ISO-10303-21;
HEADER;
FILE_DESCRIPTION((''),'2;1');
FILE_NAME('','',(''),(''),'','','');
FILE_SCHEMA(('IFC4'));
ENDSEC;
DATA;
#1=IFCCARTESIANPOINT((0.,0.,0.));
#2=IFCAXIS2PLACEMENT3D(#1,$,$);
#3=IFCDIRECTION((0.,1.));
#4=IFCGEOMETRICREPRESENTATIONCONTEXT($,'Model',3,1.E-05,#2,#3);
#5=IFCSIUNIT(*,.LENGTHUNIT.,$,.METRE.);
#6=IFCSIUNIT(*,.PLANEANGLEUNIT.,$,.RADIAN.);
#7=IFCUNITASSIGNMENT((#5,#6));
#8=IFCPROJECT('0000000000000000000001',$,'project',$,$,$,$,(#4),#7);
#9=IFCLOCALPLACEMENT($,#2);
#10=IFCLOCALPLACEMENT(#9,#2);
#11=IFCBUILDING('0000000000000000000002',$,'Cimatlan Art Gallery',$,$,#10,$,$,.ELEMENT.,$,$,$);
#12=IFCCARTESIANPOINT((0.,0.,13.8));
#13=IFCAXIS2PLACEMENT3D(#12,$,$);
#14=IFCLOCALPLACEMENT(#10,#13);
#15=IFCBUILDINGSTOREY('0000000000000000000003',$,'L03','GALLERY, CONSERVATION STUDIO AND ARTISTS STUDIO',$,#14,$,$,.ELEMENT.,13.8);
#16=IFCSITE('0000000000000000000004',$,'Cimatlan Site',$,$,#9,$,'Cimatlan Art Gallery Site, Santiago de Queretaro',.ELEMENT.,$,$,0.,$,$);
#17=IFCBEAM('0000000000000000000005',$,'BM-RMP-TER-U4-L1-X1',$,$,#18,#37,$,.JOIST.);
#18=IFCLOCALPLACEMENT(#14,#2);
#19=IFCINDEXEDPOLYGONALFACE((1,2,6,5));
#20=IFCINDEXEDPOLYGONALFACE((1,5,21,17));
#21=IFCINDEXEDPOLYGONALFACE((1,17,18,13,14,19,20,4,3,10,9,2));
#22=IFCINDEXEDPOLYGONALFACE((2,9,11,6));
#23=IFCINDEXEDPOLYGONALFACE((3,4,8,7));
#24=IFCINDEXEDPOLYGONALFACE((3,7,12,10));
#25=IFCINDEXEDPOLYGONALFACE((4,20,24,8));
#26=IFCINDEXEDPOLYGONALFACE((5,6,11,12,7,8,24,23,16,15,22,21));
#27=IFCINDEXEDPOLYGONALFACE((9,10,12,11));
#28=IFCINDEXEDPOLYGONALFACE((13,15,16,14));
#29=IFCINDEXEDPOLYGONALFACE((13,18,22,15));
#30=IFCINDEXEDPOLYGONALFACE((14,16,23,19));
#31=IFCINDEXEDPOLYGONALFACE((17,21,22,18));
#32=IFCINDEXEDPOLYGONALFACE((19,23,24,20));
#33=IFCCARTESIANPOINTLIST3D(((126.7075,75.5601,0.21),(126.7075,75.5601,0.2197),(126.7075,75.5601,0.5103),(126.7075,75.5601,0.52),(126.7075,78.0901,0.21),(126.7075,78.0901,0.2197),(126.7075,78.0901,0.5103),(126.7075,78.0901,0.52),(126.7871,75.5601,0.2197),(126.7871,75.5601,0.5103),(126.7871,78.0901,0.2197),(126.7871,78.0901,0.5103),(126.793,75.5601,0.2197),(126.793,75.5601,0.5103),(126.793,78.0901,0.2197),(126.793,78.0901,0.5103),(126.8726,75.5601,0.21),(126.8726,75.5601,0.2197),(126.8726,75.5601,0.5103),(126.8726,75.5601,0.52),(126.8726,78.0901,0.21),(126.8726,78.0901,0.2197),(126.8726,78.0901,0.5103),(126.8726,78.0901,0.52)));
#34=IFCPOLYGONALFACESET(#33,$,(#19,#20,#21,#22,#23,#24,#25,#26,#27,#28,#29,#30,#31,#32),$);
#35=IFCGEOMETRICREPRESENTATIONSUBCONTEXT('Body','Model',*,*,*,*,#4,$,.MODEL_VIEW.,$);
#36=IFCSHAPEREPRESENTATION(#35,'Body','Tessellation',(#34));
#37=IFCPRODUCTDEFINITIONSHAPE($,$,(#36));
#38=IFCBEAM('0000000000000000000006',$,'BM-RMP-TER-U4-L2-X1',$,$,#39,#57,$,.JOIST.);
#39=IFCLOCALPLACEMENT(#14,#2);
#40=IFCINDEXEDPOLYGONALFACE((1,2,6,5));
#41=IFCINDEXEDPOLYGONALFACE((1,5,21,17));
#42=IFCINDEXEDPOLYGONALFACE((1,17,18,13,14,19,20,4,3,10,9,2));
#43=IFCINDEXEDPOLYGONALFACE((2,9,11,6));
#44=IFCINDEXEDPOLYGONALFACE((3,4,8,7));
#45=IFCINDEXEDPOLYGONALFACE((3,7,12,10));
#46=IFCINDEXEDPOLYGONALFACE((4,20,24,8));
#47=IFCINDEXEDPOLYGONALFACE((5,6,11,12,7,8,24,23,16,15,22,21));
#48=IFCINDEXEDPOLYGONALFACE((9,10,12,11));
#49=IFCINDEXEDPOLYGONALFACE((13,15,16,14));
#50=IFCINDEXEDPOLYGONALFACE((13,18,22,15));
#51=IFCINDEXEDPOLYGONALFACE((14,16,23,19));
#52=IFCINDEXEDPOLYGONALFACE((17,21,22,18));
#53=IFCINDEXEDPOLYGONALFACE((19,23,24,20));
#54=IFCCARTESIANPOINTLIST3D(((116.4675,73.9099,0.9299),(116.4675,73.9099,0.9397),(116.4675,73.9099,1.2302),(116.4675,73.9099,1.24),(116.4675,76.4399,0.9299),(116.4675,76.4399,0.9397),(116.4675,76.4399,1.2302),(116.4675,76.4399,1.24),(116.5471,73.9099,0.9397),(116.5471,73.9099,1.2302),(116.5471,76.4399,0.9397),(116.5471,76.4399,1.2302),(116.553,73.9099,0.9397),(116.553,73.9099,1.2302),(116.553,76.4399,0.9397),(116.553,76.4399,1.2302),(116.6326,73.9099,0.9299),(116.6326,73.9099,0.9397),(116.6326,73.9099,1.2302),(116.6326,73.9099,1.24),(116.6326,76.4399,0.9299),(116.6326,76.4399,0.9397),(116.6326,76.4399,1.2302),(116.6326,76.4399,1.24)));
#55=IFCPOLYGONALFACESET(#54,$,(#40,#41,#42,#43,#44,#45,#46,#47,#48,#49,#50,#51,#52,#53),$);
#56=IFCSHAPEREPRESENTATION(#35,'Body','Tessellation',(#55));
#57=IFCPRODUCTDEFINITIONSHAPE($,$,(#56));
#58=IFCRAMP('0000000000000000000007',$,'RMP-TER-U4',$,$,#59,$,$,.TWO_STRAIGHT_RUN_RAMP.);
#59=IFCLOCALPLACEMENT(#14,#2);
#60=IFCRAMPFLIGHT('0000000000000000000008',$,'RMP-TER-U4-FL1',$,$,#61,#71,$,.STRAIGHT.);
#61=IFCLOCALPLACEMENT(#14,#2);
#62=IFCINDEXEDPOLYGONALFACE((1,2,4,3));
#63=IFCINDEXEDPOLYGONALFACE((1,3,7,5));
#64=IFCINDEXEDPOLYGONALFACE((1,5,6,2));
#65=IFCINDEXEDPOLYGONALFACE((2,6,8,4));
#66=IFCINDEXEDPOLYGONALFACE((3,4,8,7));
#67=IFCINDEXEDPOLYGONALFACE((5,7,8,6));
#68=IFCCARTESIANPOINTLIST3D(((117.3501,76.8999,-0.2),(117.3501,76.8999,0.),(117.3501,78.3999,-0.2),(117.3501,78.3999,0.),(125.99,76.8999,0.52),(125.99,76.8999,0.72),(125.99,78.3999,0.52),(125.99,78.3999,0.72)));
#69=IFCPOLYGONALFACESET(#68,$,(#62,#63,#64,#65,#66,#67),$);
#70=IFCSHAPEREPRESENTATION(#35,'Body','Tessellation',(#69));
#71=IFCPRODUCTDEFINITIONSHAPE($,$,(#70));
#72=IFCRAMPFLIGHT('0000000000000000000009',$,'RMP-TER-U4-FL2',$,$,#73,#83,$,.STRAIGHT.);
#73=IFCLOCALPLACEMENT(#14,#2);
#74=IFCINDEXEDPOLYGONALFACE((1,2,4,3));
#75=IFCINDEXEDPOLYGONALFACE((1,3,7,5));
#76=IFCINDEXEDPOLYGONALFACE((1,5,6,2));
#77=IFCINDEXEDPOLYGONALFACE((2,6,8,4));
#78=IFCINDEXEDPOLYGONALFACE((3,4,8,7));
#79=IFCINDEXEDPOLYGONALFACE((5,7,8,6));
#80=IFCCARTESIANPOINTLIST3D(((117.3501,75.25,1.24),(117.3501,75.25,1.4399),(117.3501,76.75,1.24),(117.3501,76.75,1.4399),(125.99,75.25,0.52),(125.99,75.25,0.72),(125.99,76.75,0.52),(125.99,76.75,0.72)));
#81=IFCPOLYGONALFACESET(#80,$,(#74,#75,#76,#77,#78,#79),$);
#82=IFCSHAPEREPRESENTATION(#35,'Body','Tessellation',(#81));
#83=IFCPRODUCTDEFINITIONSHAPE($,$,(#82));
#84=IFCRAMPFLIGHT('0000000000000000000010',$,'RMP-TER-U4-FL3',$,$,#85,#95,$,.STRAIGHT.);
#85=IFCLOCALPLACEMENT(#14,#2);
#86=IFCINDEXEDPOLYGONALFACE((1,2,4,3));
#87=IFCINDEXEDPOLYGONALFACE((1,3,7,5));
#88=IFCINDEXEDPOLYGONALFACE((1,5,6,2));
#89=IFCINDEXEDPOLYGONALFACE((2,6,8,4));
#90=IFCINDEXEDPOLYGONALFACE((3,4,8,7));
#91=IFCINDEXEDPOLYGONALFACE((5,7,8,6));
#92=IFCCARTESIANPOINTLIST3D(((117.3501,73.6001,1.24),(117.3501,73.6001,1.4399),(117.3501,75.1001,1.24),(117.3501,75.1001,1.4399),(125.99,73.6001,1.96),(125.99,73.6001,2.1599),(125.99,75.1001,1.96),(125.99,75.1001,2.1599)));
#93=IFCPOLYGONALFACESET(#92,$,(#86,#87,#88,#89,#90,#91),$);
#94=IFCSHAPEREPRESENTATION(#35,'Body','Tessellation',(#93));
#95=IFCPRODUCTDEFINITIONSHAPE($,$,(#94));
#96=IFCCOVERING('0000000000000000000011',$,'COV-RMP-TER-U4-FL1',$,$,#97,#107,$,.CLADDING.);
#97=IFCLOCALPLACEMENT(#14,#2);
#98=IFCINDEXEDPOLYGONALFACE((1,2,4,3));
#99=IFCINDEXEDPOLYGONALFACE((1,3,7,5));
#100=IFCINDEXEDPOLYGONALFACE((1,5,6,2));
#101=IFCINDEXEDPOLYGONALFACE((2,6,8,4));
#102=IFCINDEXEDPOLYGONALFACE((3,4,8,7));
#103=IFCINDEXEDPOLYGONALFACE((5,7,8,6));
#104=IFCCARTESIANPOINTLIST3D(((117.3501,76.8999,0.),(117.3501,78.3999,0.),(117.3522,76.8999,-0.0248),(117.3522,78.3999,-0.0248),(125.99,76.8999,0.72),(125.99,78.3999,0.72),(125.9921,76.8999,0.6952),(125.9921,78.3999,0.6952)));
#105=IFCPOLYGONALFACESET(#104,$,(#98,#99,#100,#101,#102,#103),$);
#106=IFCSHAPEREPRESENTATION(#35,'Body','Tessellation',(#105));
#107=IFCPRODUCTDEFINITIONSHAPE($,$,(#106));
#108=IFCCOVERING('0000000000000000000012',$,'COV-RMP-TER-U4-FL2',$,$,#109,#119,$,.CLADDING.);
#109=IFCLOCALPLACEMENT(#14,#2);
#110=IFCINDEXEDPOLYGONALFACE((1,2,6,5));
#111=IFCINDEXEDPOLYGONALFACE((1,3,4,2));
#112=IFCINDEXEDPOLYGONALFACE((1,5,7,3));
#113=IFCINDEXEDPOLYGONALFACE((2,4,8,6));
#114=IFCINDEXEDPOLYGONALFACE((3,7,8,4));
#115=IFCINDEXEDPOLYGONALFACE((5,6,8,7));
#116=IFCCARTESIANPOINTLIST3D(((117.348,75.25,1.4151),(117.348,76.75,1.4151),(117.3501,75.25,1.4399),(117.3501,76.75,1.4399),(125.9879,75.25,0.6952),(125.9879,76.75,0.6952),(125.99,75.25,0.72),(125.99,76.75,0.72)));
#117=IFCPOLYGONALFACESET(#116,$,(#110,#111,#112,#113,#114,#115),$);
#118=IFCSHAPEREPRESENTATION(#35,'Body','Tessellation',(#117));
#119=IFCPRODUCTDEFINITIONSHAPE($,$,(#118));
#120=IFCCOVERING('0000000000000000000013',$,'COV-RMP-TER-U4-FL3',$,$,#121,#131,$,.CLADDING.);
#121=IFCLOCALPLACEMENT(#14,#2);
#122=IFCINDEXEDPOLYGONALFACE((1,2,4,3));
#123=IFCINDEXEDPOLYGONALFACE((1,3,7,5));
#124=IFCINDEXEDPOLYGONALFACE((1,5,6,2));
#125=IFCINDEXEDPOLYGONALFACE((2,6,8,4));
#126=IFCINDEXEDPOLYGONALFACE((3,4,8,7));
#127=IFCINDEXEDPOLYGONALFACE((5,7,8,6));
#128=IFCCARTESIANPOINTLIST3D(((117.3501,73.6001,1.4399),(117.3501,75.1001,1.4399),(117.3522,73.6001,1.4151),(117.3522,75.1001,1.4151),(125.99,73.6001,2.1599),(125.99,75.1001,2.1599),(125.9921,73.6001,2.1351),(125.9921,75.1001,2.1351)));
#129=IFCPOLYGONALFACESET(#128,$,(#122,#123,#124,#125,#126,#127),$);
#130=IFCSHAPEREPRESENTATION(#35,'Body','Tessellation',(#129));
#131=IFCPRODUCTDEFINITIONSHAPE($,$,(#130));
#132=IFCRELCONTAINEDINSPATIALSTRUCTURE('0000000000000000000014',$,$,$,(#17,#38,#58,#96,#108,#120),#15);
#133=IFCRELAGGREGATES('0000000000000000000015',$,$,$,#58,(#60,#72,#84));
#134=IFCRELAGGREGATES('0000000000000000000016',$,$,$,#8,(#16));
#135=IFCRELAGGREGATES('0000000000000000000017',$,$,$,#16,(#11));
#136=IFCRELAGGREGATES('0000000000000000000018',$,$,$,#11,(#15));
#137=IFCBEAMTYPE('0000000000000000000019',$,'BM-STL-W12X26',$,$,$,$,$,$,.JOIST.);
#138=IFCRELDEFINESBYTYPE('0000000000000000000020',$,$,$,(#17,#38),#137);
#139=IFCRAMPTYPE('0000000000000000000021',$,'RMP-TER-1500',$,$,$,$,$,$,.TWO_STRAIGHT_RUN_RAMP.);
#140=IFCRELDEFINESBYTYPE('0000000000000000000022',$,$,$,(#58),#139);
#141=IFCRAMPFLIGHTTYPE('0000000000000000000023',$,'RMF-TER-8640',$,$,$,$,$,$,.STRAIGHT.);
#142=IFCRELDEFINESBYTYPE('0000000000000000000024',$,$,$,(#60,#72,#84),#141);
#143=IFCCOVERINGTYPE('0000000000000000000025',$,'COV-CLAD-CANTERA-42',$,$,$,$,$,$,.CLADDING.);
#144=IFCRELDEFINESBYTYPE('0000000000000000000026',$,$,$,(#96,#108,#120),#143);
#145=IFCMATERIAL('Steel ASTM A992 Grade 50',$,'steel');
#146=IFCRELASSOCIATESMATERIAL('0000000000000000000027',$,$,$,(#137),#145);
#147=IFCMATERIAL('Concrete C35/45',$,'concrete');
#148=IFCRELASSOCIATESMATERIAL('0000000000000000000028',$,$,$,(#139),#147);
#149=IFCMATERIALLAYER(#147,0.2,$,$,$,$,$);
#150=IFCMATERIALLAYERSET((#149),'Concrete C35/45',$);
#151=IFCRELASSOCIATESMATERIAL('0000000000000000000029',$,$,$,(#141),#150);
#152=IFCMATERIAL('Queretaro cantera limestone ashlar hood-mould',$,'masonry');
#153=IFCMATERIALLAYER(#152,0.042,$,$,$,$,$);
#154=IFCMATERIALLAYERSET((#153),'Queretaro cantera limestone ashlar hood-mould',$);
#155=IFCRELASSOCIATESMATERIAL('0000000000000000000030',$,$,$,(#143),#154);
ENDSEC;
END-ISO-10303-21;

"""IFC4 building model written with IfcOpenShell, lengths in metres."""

from ifc_helpers import new_model, si_unit, direction, frame, origin, origin_2d, place, context, subcontext, project, spatial, polyline, i_section, outline, extrude, material, layer, layer_set, material_profile, profile_set, type_object, element, aggregate, save


model = new_model("IFC4")

# Units and contexts
model_context = context("Model", 3, precision=1e-05, world=origin(), true_north=direction((0.0, 1.0)))
body_context = subcontext(model_context, "Body", "Model", "MODEL_VIEW")
ifc_project = project(units=[si_unit("LENGTHUNIT", "METRE"), si_unit("PLANEANGLEUNIT", "RADIAN")], contexts=[model_context])

# Site, building, storey
site_placement = place(None, origin())
site = spatial("IfcSite", under=ifc_project, at=site_placement, Name="Cimatlan Site", LongName="Cimatlan Art Gallery Site, Santiago de Queretaro", CompositionType="ELEMENT", RefElevation=0.0)
building_placement = place(site_placement, origin())
building = spatial("IfcBuilding", under=site, at=building_placement, Name="Cimatlan Art Gallery", CompositionType="ELEMENT")
storey_placement = place(building_placement, frame((0.0, 0.0, 13.8)))
storey = spatial("IfcBuildingStorey", under=building, at=storey_placement, Name="L03", Description="GALLERY, CONSERVATION STUDIO AND ARTISTS STUDIO", CompositionType="ELEMENT", Elevation=13.8)

# Beams
ifc_material_1 = material(Name="Steel ASTM A992 Grade 50", Category="steel")
ifc_material_profile = material_profile(ifc_material_1, i_section(OverallWidth=0.165, OverallDepth=0.3101, WebThickness=0.0059, FlangeThickness=0.0098, at=origin_2d()), Name="W12X26")
ifc_profile_set = profile_set([ifc_material_profile], Name="Steel ASTM A992 Grade 50")
beam_type = type_object("IfcBeamType", Name="BM-STL-W12X26", PredefinedType="JOIST", material=ifc_profile_set)
for number, where, z_axis, x_axis, name in (
    (1, (126.79, 75.5601, 0.365), (0.0, 1.0, 0.0), (-1.0, 0.0, 0.0), "BM-RMP-TER-U4-L1-X1"),
    (2, (116.55, 73.9099, 1.085), (0.0, 1.0, 0.0), (-1.0, 0.0, 0.0), "BM-RMP-TER-U4-L2-X1"),
):
    element("IfcBeam", number, at=place(storey_placement, frame(where, z_axis=z_axis, x_axis=x_axis)), inside=storey, type_object=beam_type, Name=name, PredefinedType="JOIST", context=body_context, shape_type="SweptSolid", body=[
        extrude(i_section(OverallWidth=0.165, OverallDepth=0.3101, WebThickness=0.0059, FlangeThickness=0.0098, at=origin_2d()), origin(), (0.0, 0.0, 1.0), 2.53),
    ])

# Ramp, ramp flights
ifc_material_2 = material(Name="Concrete C35/45", Category="concrete")
ramp_type = type_object("IfcRampType", Name="RMP-TER-1500", PredefinedType="TWO_STRAIGHT_RUN_RAMP", material=ifc_material_2)
ramp_placement = place(storey_placement, origin())
ramp = element("IfcRamp", 3, at=ramp_placement, inside=storey, type_object=ramp_type, Name="RMP-TER-U4", PredefinedType="TWO_STRAIGHT_RUN_RAMP")
ifc_layer_1 = layer(ifc_material_2, 0.2)
ifc_layer_set_1 = layer_set([ifc_layer_1], Name="Concrete C35/45")
ramp_flight_type = type_object("IfcRampFlightType", Name="RMF-TER-8640", PredefinedType="STRAIGHT", material=ifc_layer_set_1)
ramp_flight_1_placement = place(storey_placement, frame((117.3501, 77.6499, 0.0), z_axis=(0.0, 0.0, 1.0), x_axis=(1.0, 0.0, 0.0)))
ramp_flight_1 = element("IfcRampFlight", 4, at=ramp_flight_1_placement, type_object=ramp_flight_type, Name="RMP-TER-U4-FL1", PredefinedType="STRAIGHT", context=body_context, shape_type="SweptSolid", body=[
    extrude(outline(polyline([(0.0, 0.0), (8.6399, 0.72), (8.6399, 0.52), (0.0, -0.2), (0.0, 0.0)])), frame((0.0, 0.75, 0.0), z_axis=(0.0, -1.0, 0.0), x_axis=(1.0, 0.0, 0.0)), (0.0, 0.0, 1.0), 1.5),
])
ramp_flight_2_placement = place(storey_placement, frame((125.99, 76.0, 0.72), z_axis=(0.0, 0.0, 1.0), x_axis=(-1.0, 0.0, 0.0)))
ramp_flight_2 = element("IfcRampFlight", 5, at=ramp_flight_2_placement, type_object=ramp_flight_type, Name="RMP-TER-U4-FL2", PredefinedType="STRAIGHT", context=body_context, shape_type="SweptSolid", body=[
    extrude(outline(polyline([(0.0, 0.0), (8.6399, 0.72), (8.6399, 0.52), (0.0, -0.2), (0.0, 0.0)])), frame((0.0, 0.75, 0.0), z_axis=(0.0, -1.0, 0.0), x_axis=(1.0, 0.0, 0.0)), (0.0, 0.0, 1.0), 1.5),
])
ramp_flight_3_placement = place(storey_placement, frame((117.3501, 74.3501, 1.4399), z_axis=(0.0, 0.0, 1.0), x_axis=(1.0, 0.0, 0.0)))
ramp_flight_3 = element("IfcRampFlight", 6, at=ramp_flight_3_placement, type_object=ramp_flight_type, Name="RMP-TER-U4-FL3", PredefinedType="STRAIGHT", context=body_context, shape_type="SweptSolid", body=[
    extrude(outline(polyline([(0.0, 0.0), (8.6399, 0.72), (8.6399, 0.52), (0.0, -0.2), (0.0, 0.0)])), frame((0.0, 0.75, 0.0), z_axis=(0.0, -1.0, 0.0), x_axis=(1.0, 0.0, 0.0)), (0.0, 0.0, 1.0), 1.5),
])
aggregate(ramp, [ramp_flight_1, ramp_flight_2, ramp_flight_3])

# Coverings
ifc_material_3 = material(Name="Queretaro cantera limestone ashlar hood-mould", Category="masonry")
ifc_layer_2 = layer(ifc_material_3, 0.042)
ifc_layer_set_2 = layer_set([ifc_layer_2], Name="Queretaro cantera limestone ashlar hood-mould")
covering_type = type_object("IfcCoveringType", Name="COV-CLAD-CANTERA-42", PredefinedType="CLADDING", material=ifc_layer_set_2)
for number, where, z_axis, x_axis, name in (
    (7, (117.3501, 76.8999, 0.0), (-0.083043, 0.0, 0.996546), (0.996546, 0.0, 0.083043), "COV-RMP-TER-U4-FL1"),
    (8, (117.3501, 75.25, 1.4399), (0.083043, 0.0, 0.996546), (0.996546, 0.0, -0.083043), "COV-RMP-TER-U4-FL2"),
    (9, (117.3501, 73.6001, 1.4399), (-0.083043, 0.0, 0.996546), (0.996546, 0.0, 0.083043), "COV-RMP-TER-U4-FL3"),
):
    element("IfcCovering", number, at=place(storey_placement, frame(where, z_axis=z_axis, x_axis=x_axis)), inside=storey, type_object=covering_type, Name=name, PredefinedType="CLADDING", context=body_context, shape_type="SweptSolid", body=[
        extrude(outline(polyline([(0.0, 0.0), (8.6698, 0.0), (8.6698, 1.5), (0.0, 1.5), (0.0, 0.0)])), origin(), (0.0, 0.0, -1.0), 0.0249),
    ])

save(model, "model.ifc")
